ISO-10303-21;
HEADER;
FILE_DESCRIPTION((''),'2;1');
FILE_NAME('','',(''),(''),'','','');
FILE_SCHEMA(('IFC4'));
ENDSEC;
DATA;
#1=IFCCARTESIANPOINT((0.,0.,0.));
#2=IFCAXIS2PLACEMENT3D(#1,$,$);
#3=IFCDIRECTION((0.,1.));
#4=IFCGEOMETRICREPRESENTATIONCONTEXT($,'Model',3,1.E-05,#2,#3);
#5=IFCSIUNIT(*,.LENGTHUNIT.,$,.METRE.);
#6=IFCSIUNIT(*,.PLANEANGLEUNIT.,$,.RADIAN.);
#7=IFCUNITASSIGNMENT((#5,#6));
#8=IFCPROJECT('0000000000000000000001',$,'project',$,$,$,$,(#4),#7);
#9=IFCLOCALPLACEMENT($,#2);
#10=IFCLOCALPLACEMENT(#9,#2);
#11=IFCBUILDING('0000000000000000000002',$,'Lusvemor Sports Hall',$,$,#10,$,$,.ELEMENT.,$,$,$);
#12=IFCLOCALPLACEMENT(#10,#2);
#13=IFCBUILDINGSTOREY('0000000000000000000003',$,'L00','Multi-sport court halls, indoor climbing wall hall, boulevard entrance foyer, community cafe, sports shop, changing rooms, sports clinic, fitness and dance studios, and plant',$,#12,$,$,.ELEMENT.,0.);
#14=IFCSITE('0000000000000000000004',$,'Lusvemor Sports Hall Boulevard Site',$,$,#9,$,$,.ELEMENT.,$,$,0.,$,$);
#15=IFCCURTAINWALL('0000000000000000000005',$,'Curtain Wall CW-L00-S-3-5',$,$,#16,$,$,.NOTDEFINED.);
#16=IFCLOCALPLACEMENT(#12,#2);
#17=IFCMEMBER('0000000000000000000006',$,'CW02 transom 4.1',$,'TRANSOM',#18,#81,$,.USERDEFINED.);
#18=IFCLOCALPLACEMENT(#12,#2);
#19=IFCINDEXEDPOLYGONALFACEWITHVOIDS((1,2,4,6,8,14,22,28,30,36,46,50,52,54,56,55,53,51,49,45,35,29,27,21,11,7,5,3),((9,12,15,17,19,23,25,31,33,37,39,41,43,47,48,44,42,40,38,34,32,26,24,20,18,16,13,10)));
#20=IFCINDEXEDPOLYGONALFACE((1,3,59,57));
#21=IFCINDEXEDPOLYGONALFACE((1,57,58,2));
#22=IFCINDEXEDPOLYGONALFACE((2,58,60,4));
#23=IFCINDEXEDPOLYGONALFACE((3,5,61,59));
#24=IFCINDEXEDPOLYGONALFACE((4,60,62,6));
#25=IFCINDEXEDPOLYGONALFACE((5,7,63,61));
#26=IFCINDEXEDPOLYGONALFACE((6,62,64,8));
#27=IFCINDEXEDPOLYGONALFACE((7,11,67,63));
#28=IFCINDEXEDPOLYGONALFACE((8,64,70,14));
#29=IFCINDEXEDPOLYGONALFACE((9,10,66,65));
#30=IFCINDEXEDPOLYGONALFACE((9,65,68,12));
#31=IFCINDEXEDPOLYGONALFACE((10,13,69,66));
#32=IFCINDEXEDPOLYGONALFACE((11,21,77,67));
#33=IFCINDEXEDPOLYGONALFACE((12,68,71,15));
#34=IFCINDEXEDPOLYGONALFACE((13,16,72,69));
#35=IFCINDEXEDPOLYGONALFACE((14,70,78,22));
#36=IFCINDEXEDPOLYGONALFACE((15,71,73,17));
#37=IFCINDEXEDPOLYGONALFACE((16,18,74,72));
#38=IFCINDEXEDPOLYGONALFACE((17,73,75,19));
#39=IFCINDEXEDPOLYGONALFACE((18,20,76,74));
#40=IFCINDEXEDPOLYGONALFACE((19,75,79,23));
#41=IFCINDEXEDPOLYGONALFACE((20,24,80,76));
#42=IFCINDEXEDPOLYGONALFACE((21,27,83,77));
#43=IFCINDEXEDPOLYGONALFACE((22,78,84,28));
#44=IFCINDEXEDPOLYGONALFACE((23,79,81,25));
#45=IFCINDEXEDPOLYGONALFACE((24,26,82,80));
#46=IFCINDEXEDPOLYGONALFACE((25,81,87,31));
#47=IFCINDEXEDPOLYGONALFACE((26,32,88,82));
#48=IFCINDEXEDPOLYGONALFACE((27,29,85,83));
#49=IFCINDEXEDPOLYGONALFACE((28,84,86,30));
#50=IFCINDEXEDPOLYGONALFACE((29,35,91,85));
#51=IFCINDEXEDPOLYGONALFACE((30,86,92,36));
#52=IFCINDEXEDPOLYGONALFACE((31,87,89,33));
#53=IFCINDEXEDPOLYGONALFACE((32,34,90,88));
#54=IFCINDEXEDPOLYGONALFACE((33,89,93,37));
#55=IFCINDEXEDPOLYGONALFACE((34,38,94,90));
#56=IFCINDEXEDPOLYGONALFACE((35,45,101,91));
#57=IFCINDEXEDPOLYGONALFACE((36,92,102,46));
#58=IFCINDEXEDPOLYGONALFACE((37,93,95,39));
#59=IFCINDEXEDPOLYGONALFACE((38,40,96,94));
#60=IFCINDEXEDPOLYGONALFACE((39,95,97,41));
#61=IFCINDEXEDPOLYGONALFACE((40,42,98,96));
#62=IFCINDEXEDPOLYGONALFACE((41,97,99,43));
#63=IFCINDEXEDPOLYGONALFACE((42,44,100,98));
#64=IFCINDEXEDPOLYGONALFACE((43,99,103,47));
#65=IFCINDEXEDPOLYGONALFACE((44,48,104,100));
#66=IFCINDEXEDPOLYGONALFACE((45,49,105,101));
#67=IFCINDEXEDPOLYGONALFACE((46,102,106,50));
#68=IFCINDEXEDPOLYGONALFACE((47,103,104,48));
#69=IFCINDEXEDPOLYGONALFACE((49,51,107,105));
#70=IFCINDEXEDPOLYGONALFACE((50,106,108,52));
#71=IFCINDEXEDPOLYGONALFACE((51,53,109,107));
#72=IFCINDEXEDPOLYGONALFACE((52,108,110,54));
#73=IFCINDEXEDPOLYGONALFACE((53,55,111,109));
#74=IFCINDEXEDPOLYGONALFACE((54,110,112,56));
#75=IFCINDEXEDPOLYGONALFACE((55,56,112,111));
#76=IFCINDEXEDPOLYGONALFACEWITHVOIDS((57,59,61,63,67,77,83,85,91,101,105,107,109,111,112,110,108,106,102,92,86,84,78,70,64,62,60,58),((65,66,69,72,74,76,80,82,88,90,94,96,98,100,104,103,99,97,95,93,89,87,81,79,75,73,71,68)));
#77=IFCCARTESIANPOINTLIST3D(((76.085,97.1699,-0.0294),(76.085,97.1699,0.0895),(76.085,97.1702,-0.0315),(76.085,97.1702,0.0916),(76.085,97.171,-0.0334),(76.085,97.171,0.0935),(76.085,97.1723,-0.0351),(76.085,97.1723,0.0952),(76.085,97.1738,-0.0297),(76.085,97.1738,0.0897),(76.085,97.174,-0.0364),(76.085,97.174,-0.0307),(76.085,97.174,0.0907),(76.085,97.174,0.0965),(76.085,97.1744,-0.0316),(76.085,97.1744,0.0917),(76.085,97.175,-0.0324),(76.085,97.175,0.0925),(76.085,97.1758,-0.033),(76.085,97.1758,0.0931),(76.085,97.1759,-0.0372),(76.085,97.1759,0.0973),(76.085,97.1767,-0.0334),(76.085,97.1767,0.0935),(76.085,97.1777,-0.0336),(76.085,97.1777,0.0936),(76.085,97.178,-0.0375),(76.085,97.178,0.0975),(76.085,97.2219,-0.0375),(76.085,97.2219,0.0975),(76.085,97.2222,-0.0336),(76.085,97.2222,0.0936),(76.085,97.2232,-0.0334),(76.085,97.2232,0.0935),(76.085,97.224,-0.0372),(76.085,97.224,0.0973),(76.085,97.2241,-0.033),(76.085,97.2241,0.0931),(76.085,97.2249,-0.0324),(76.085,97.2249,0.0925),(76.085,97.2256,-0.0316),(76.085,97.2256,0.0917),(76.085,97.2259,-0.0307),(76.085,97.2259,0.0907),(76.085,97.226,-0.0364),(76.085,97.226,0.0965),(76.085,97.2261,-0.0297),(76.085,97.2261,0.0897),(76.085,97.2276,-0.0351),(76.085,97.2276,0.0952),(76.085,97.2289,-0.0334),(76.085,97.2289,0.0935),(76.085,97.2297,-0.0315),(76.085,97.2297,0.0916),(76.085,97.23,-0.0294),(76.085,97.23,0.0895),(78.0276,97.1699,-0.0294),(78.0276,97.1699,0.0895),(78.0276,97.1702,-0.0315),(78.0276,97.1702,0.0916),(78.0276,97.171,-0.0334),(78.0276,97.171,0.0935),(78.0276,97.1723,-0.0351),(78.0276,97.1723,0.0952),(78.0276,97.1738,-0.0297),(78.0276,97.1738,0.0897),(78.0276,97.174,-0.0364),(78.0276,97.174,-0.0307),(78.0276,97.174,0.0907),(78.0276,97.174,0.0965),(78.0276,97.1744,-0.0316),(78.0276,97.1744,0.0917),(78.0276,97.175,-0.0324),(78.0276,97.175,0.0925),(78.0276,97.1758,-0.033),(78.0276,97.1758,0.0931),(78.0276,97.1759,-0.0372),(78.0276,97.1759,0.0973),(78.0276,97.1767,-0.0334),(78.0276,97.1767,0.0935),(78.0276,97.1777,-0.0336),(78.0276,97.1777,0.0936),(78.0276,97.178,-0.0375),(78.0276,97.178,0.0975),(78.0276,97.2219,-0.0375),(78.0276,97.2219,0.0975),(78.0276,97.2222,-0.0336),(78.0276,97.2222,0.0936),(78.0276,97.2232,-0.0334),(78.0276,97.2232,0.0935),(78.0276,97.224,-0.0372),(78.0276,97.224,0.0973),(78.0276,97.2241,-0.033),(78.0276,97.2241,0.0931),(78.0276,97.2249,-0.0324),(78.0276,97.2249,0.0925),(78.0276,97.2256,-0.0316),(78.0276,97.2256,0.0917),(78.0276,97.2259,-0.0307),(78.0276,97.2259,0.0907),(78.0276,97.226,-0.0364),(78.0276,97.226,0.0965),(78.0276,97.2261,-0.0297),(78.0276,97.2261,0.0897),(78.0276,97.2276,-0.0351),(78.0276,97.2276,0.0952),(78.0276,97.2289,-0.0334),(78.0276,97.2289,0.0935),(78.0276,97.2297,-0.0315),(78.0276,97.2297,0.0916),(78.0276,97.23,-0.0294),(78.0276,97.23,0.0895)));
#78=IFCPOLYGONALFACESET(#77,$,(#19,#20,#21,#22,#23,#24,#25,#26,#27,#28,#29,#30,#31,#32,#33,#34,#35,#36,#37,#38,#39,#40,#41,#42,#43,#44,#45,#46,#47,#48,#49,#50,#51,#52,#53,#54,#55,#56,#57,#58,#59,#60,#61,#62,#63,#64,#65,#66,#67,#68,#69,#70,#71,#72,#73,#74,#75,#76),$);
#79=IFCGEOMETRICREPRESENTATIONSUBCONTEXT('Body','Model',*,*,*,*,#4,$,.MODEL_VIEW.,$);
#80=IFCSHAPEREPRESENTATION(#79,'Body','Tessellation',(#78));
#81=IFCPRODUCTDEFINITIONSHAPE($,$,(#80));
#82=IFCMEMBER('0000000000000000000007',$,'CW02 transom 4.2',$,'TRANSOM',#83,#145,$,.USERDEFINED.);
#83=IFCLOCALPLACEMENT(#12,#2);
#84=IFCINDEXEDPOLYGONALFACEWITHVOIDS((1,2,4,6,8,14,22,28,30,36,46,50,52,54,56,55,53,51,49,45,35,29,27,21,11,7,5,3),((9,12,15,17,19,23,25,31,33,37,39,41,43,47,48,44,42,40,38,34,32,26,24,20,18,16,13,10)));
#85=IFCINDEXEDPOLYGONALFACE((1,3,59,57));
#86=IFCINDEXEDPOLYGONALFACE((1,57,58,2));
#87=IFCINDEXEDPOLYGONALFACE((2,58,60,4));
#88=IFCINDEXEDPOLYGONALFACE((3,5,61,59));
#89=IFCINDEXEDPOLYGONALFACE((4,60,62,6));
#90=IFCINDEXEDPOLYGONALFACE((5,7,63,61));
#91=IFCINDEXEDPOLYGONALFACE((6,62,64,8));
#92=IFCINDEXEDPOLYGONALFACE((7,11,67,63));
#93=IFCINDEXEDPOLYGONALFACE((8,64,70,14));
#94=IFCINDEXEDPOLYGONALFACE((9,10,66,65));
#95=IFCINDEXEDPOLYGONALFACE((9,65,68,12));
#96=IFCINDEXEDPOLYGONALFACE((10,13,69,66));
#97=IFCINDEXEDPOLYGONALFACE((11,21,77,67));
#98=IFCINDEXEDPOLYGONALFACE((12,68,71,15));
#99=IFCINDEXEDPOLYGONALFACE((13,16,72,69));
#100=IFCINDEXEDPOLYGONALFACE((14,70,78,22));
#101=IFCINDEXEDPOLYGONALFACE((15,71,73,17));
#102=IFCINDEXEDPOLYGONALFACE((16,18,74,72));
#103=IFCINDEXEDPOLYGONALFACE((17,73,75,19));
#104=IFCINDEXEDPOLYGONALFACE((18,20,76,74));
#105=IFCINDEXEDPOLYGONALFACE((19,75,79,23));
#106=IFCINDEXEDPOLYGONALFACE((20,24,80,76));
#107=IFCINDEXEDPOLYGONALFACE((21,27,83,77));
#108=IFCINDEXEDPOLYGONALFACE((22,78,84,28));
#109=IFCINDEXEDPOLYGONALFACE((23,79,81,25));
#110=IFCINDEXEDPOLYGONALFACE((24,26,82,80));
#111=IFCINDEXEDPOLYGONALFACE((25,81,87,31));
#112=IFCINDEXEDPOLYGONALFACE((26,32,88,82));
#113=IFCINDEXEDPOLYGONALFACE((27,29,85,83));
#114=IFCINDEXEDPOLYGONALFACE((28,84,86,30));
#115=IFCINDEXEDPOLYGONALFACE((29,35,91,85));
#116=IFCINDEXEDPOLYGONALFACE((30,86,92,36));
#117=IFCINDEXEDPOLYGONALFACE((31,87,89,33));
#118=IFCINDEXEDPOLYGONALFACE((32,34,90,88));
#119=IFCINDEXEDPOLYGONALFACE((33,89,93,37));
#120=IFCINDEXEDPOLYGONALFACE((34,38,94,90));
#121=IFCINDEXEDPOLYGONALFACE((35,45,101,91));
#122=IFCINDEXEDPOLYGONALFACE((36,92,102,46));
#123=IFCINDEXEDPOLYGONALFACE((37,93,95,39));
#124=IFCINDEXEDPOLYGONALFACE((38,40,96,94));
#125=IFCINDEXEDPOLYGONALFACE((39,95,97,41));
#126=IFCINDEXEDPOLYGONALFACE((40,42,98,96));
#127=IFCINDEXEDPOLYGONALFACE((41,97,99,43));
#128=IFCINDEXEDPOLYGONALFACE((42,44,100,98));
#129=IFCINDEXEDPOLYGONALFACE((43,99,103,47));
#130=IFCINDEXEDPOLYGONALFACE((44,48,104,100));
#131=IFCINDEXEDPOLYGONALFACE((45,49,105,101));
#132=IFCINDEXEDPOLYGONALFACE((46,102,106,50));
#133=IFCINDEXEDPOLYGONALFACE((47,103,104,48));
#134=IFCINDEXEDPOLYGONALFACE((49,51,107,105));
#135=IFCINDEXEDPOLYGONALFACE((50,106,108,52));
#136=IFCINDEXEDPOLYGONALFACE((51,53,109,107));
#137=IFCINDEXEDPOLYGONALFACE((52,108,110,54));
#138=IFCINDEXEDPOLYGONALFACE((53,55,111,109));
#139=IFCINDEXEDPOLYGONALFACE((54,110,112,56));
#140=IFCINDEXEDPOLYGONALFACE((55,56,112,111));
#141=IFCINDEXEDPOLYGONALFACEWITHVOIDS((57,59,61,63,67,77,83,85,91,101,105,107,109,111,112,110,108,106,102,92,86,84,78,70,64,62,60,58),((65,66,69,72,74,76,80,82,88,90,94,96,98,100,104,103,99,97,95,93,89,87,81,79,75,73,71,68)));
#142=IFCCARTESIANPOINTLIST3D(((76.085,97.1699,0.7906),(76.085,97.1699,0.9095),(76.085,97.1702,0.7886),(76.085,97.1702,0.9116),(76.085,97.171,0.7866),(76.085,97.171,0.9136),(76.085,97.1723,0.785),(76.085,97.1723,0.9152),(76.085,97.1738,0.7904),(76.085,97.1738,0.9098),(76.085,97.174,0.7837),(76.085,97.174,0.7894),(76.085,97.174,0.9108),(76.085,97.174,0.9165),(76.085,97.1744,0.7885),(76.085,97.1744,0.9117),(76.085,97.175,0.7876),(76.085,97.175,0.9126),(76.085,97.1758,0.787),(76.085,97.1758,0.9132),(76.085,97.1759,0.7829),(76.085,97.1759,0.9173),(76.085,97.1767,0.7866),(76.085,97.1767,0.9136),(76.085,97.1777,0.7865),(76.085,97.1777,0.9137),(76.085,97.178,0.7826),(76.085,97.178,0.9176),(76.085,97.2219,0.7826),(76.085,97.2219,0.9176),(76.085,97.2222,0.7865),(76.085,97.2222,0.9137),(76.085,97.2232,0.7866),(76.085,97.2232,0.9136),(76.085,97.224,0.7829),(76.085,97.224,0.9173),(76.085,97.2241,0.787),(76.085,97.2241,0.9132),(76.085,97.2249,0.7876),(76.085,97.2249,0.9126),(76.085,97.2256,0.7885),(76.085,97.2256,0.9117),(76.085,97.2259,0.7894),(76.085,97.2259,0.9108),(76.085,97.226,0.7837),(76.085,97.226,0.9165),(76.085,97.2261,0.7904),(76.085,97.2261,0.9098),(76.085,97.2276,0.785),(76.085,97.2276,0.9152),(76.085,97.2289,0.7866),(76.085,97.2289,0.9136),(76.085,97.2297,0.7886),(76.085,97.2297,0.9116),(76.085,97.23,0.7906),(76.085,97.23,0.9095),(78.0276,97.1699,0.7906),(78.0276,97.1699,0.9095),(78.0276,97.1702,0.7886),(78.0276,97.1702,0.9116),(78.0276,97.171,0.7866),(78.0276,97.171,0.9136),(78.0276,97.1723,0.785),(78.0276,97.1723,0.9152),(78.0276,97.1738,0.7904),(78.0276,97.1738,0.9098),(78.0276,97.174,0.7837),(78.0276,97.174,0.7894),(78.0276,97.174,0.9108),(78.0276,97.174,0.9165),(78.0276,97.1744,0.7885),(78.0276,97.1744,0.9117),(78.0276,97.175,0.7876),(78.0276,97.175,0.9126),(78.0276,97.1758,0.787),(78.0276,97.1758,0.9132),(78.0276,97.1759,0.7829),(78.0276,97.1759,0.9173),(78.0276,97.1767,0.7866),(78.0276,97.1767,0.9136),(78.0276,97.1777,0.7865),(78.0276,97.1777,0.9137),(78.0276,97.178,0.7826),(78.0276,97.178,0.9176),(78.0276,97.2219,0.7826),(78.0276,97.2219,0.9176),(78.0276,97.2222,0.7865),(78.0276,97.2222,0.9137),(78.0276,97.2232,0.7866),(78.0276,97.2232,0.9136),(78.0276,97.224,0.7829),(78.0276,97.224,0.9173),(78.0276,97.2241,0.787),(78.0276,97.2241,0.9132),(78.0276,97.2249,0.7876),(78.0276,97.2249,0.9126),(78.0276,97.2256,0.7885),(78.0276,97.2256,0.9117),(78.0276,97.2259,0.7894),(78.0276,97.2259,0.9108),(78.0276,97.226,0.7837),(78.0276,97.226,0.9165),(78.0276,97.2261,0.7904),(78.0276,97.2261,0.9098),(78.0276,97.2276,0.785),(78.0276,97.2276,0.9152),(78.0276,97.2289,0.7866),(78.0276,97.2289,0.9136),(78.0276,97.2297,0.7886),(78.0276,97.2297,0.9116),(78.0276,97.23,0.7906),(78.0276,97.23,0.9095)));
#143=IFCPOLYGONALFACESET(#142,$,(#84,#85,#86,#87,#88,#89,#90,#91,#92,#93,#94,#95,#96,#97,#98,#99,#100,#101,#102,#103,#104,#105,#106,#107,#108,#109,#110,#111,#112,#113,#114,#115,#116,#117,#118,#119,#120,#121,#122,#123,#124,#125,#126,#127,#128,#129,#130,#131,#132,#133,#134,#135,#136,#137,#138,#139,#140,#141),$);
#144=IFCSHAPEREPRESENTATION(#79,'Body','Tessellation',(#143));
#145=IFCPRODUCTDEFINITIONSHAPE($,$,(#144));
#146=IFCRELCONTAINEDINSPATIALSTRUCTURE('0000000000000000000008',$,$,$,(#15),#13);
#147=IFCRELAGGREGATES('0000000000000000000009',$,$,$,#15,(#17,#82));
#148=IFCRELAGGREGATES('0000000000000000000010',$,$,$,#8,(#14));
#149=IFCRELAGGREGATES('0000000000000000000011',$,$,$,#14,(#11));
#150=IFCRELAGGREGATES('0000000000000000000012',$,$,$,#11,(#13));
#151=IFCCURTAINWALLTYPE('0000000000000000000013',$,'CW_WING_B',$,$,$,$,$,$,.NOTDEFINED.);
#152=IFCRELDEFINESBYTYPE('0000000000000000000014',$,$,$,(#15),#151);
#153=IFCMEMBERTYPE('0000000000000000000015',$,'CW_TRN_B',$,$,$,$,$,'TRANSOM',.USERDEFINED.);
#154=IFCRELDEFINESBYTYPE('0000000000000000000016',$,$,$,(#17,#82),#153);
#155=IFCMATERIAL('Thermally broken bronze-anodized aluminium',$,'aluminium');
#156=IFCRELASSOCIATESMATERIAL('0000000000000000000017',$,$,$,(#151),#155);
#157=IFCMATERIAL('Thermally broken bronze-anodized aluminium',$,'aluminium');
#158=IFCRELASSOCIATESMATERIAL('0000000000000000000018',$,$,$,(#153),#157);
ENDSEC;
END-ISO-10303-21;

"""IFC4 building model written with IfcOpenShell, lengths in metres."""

from ifc_helpers import new_model, si_unit, direction, frame, origin, origin_2d, place, context, subcontext, project, spatial, hollow_rectangle, extrude, material, material_profile, profile_set, type_object, element, aggregate, save


model = new_model("IFC4")

# Units and contexts
model_context = context("Model", 3, precision=1e-05, world=origin(), true_north=direction((0.0, 1.0)))
body_context = subcontext(model_context, "Body", "Model", "MODEL_VIEW")
ifc_project = project(units=[si_unit("LENGTHUNIT", "METRE"), si_unit("PLANEANGLEUNIT", "RADIAN")], contexts=[model_context])

# Site, building, storey
site_placement = place(None, origin())
site = spatial("IfcSite", under=ifc_project, at=site_placement, Name="Lusvemor Sports Hall Boulevard Site", CompositionType="ELEMENT", RefElevation=0.0)
building_placement = place(site_placement, origin())
building = spatial("IfcBuilding", under=site, at=building_placement, Name="Lusvemor Sports Hall", CompositionType="ELEMENT")
storey_placement = place(building_placement, origin())
storey = spatial("IfcBuildingStorey", under=building, at=storey_placement, Name="L00", Description="Multi-sport court halls, indoor climbing wall hall, boulevard entrance foyer, community cafe, sports shop, changing rooms, sports clinic, fitness and dance studios, and plant", CompositionType="ELEMENT", Elevation=0.0)

# Curtain wall, members
ifc_material_1 = material(Name="Thermally broken bronze-anodized aluminium", Category="aluminium")
curtain_wall_type = type_object("IfcCurtainWallType", Name="CW_WING_B", PredefinedType="NOTDEFINED", material=ifc_material_1)
curtain_wall_placement = place(storey_placement, origin())
curtain_wall = element("IfcCurtainWall", 1, at=curtain_wall_placement, inside=storey, type_object=curtain_wall_type, Name="Curtain Wall CW-L00-S-3-5", PredefinedType="NOTDEFINED")
ifc_material_2 = material(Name="Thermally broken bronze-anodized aluminium", Category="aluminium")
ifc_material_profile_1 = material_profile(ifc_material_2, hollow_rectangle(XDim=0.0601, YDim=0.135, WallThickness=0.0039, InnerFilletRadius=0.0039, OuterFilletRadius=0.0081, at=origin_2d()), Name="CWTRN135x60x4")
ifc_profile_set_1 = profile_set([ifc_material_profile_1], Name="Thermally broken bronze-anodized aluminium")
member_type_1 = type_object("IfcMemberType", Name="CW_TRN_B", ElementType="TRANSOM", PredefinedType="USERDEFINED", material=ifc_profile_set_1)
member_1_placement = place(storey_placement, frame((78.0276, 97.2, 0.03), z_axis=(-1.0, 0.0, 0.0), x_axis=(0.0, -1.0, 0.0)))
member_1 = element("IfcMember", 2, at=member_1_placement, type_object=member_type_1, Name="CW02 transom 4.1", ObjectType="TRANSOM", PredefinedType="USERDEFINED", context=body_context, shape_type="SweptSolid", body=[
    extrude(hollow_rectangle(XDim=0.0601, YDim=0.135, WallThickness=0.0039, InnerFilletRadius=0.0039, OuterFilletRadius=0.0081, at=origin_2d()), origin(), (0.0, 0.0, 1.0), 1.9426),
])
member_2_placement = place(storey_placement, frame((78.0276, 97.2, 0.8501), z_axis=(-1.0, 0.0, 0.0), x_axis=(0.0, -1.0, 0.0)))
member_2 = element("IfcMember", 3, at=member_2_placement, type_object=member_type_1, Name="CW02 transom 4.2", ObjectType="TRANSOM", PredefinedType="USERDEFINED", context=body_context, shape_type="SweptSolid", body=[
    extrude(hollow_rectangle(XDim=0.0601, YDim=0.135, WallThickness=0.0039, InnerFilletRadius=0.0039, OuterFilletRadius=0.0081, at=origin_2d()), origin(), (0.0, 0.0, 1.0), 1.9426),
])
aggregate(curtain_wall, [member_1, member_2])

save(model, "model.ifc")
